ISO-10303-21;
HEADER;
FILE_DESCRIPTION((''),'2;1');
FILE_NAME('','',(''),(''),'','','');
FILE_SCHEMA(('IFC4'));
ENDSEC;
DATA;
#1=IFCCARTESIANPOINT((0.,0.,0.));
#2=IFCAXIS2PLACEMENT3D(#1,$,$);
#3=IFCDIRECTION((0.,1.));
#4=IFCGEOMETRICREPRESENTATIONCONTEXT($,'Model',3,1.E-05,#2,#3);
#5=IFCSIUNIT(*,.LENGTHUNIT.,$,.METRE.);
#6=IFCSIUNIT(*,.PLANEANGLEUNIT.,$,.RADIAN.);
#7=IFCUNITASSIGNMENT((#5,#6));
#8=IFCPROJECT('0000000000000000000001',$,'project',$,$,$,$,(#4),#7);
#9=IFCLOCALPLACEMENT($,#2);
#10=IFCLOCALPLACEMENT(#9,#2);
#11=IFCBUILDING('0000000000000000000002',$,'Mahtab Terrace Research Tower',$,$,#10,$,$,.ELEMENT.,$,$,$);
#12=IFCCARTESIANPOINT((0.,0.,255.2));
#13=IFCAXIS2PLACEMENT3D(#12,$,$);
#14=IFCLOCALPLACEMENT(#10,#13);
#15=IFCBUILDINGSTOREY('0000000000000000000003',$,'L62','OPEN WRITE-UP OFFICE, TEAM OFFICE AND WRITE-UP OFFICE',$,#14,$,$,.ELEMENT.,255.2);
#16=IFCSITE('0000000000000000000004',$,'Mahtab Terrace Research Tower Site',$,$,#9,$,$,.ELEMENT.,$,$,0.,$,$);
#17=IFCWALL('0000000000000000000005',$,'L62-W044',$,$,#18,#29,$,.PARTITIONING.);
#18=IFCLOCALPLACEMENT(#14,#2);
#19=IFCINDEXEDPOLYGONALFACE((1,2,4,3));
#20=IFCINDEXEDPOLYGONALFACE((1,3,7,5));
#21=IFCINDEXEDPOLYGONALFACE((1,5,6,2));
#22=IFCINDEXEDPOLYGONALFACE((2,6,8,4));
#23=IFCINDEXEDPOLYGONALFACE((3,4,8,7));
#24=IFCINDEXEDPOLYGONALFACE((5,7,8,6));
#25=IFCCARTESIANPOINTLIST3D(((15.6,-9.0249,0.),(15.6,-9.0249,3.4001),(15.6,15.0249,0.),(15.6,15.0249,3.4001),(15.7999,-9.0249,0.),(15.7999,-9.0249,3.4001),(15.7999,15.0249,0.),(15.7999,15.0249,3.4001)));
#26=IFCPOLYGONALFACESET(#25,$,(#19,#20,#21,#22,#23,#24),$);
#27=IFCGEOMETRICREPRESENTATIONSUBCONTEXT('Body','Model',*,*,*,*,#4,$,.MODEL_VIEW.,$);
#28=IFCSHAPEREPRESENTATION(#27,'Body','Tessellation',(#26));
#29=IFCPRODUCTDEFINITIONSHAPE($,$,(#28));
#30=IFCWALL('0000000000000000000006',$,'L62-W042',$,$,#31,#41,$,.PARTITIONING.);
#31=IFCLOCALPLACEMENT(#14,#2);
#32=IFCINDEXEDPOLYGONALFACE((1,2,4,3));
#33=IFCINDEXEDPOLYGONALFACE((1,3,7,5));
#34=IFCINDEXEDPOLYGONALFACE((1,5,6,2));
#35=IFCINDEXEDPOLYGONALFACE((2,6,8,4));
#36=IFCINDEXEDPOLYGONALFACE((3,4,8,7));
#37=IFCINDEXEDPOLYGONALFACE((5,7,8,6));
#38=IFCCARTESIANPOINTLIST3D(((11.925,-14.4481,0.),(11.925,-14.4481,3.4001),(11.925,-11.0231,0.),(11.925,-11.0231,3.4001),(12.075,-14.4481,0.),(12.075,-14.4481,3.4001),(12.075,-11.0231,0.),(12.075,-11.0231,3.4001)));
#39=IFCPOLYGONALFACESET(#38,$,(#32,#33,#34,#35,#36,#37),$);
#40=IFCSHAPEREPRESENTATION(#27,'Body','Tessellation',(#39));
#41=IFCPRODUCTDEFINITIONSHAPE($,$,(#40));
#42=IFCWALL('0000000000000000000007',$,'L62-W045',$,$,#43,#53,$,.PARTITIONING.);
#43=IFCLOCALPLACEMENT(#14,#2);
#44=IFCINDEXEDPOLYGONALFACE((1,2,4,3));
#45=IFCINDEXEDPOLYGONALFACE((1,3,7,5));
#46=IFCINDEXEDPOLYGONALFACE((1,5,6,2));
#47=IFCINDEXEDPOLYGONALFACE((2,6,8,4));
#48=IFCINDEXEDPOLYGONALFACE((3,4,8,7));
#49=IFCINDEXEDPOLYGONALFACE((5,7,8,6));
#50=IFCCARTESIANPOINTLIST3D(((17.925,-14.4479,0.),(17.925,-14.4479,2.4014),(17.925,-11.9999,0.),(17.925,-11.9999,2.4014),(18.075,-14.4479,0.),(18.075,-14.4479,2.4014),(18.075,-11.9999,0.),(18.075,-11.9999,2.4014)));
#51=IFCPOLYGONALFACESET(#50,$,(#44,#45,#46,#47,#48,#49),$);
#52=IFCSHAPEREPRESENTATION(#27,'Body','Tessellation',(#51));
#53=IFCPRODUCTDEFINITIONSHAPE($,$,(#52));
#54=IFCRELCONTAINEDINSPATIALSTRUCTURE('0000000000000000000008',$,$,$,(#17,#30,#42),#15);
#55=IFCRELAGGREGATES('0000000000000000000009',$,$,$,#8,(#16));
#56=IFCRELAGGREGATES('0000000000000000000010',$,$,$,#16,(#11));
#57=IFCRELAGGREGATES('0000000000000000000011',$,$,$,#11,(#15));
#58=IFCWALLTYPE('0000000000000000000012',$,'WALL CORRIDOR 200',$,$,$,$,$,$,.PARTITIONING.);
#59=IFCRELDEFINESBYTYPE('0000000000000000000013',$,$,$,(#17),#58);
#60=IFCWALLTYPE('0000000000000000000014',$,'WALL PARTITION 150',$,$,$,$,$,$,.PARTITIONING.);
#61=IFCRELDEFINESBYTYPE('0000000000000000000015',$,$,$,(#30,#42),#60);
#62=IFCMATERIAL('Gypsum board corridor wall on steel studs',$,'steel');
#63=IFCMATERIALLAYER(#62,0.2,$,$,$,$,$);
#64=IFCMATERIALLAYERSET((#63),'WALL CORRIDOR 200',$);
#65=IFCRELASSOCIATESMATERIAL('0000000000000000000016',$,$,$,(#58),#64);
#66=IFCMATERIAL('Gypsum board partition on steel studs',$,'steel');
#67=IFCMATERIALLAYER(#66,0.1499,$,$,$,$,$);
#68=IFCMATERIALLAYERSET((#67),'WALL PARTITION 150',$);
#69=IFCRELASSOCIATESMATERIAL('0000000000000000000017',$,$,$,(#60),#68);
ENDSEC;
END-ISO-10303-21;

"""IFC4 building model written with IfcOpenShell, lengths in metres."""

from ifc_helpers import new_model, si_unit, direction, frame, frame_2d, origin, place, context, subcontext, project, spatial, rectangle, extrude, material, layer, layer_set, type_object, element, save


model = new_model("IFC4")

# Units and contexts
model_context = context("Model", 3, precision=1e-05, world=origin(), true_north=direction((0.0, 1.0)))
body_context = subcontext(model_context, "Body", "Model", "MODEL_VIEW")
ifc_project = project(units=[si_unit("LENGTHUNIT", "METRE"), si_unit("PLANEANGLEUNIT", "RADIAN")], contexts=[model_context])

# Site, building, storey
site_placement = place(None, origin())
site = spatial("IfcSite", under=ifc_project, at=site_placement, Name="Mahtab Terrace Research Tower Site", CompositionType="ELEMENT", RefElevation=0.0)
building_placement = place(site_placement, origin())
building = spatial("IfcBuilding", under=site, at=building_placement, Name="Mahtab Terrace Research Tower", CompositionType="ELEMENT")
storey_placement = place(building_placement, frame((0.0, 0.0, 255.2)))
storey = spatial("IfcBuildingStorey", under=building, at=storey_placement, Name="L62", Description="OPEN WRITE-UP OFFICE, TEAM OFFICE AND WRITE-UP OFFICE", CompositionType="ELEMENT", Elevation=255.2)

# Shared definitions
ifc_material_1 = material(Name="Gypsum board corridor wall on steel studs", Category="steel")
ifc_layer_1 = layer(ifc_material_1, 0.2)
ifc_layer_set_1 = layer_set([ifc_layer_1], Name="WALL CORRIDOR 200")
wall_type_1 = type_object("IfcWallType", Name="WALL CORRIDOR 200", PredefinedType="PARTITIONING", material=ifc_layer_set_1)

# Walls
wall_1_placement = place(storey_placement, frame((15.7, -9.0249, 0.0), z_axis=(0.0, 0.0, 1.0), x_axis=(0.0, 1.0, 0.0)))
element("IfcWall", 1, at=wall_1_placement, inside=storey, type_object=wall_type_1, Name="L62-W044", PredefinedType="PARTITIONING", context=body_context, shape_type="SweptSolid", body=[
    extrude(rectangle(XDim=24.0498, YDim=0.2, at=frame_2d((12.0249, 0.0))), origin(), (0.0, 0.0, 1.0), 3.4001),
])
ifc_material_2 = material(Name="Gypsum board partition on steel studs", Category="steel")
ifc_layer_2 = layer(ifc_material_2, 0.1499)
ifc_layer_set_2 = layer_set([ifc_layer_2], Name="WALL PARTITION 150")
wall_type_2 = type_object("IfcWallType", Name="WALL PARTITION 150", PredefinedType="PARTITIONING", material=ifc_layer_set_2)
wall_2_placement = place(storey_placement, frame((12.0, -14.448, 0.0), z_axis=(0.0, 0.0, 1.0), x_axis=(0.0, 1.0, 0.0)))
element("IfcWall", 2, at=wall_2_placement, inside=storey, type_object=wall_type_2, Name="L62-W042", PredefinedType="PARTITIONING", context=body_context, shape_type="SweptSolid", body=[
    extrude(rectangle(XDim=3.425, YDim=0.1499, at=frame_2d((1.7124, 0.0))), origin(), (0.0, 0.0, 1.0), 3.4001),
])
wall_3_placement = place(storey_placement, frame((18.0, -14.448, 0.0), z_axis=(0.0, 0.0, 1.0), x_axis=(0.0, 1.0, 0.0)))
element("IfcWall", 3, at=wall_3_placement, inside=storey, type_object=wall_type_2, Name="L62-W045", PredefinedType="PARTITIONING", context=body_context, shape_type="SweptSolid", body=[
    extrude(rectangle(XDim=2.448, YDim=0.1499, at=frame_2d((1.2241, 0.0))), origin(), (0.0, 0.0, 1.0), 2.4014),
])

save(model, "model.ifc")
